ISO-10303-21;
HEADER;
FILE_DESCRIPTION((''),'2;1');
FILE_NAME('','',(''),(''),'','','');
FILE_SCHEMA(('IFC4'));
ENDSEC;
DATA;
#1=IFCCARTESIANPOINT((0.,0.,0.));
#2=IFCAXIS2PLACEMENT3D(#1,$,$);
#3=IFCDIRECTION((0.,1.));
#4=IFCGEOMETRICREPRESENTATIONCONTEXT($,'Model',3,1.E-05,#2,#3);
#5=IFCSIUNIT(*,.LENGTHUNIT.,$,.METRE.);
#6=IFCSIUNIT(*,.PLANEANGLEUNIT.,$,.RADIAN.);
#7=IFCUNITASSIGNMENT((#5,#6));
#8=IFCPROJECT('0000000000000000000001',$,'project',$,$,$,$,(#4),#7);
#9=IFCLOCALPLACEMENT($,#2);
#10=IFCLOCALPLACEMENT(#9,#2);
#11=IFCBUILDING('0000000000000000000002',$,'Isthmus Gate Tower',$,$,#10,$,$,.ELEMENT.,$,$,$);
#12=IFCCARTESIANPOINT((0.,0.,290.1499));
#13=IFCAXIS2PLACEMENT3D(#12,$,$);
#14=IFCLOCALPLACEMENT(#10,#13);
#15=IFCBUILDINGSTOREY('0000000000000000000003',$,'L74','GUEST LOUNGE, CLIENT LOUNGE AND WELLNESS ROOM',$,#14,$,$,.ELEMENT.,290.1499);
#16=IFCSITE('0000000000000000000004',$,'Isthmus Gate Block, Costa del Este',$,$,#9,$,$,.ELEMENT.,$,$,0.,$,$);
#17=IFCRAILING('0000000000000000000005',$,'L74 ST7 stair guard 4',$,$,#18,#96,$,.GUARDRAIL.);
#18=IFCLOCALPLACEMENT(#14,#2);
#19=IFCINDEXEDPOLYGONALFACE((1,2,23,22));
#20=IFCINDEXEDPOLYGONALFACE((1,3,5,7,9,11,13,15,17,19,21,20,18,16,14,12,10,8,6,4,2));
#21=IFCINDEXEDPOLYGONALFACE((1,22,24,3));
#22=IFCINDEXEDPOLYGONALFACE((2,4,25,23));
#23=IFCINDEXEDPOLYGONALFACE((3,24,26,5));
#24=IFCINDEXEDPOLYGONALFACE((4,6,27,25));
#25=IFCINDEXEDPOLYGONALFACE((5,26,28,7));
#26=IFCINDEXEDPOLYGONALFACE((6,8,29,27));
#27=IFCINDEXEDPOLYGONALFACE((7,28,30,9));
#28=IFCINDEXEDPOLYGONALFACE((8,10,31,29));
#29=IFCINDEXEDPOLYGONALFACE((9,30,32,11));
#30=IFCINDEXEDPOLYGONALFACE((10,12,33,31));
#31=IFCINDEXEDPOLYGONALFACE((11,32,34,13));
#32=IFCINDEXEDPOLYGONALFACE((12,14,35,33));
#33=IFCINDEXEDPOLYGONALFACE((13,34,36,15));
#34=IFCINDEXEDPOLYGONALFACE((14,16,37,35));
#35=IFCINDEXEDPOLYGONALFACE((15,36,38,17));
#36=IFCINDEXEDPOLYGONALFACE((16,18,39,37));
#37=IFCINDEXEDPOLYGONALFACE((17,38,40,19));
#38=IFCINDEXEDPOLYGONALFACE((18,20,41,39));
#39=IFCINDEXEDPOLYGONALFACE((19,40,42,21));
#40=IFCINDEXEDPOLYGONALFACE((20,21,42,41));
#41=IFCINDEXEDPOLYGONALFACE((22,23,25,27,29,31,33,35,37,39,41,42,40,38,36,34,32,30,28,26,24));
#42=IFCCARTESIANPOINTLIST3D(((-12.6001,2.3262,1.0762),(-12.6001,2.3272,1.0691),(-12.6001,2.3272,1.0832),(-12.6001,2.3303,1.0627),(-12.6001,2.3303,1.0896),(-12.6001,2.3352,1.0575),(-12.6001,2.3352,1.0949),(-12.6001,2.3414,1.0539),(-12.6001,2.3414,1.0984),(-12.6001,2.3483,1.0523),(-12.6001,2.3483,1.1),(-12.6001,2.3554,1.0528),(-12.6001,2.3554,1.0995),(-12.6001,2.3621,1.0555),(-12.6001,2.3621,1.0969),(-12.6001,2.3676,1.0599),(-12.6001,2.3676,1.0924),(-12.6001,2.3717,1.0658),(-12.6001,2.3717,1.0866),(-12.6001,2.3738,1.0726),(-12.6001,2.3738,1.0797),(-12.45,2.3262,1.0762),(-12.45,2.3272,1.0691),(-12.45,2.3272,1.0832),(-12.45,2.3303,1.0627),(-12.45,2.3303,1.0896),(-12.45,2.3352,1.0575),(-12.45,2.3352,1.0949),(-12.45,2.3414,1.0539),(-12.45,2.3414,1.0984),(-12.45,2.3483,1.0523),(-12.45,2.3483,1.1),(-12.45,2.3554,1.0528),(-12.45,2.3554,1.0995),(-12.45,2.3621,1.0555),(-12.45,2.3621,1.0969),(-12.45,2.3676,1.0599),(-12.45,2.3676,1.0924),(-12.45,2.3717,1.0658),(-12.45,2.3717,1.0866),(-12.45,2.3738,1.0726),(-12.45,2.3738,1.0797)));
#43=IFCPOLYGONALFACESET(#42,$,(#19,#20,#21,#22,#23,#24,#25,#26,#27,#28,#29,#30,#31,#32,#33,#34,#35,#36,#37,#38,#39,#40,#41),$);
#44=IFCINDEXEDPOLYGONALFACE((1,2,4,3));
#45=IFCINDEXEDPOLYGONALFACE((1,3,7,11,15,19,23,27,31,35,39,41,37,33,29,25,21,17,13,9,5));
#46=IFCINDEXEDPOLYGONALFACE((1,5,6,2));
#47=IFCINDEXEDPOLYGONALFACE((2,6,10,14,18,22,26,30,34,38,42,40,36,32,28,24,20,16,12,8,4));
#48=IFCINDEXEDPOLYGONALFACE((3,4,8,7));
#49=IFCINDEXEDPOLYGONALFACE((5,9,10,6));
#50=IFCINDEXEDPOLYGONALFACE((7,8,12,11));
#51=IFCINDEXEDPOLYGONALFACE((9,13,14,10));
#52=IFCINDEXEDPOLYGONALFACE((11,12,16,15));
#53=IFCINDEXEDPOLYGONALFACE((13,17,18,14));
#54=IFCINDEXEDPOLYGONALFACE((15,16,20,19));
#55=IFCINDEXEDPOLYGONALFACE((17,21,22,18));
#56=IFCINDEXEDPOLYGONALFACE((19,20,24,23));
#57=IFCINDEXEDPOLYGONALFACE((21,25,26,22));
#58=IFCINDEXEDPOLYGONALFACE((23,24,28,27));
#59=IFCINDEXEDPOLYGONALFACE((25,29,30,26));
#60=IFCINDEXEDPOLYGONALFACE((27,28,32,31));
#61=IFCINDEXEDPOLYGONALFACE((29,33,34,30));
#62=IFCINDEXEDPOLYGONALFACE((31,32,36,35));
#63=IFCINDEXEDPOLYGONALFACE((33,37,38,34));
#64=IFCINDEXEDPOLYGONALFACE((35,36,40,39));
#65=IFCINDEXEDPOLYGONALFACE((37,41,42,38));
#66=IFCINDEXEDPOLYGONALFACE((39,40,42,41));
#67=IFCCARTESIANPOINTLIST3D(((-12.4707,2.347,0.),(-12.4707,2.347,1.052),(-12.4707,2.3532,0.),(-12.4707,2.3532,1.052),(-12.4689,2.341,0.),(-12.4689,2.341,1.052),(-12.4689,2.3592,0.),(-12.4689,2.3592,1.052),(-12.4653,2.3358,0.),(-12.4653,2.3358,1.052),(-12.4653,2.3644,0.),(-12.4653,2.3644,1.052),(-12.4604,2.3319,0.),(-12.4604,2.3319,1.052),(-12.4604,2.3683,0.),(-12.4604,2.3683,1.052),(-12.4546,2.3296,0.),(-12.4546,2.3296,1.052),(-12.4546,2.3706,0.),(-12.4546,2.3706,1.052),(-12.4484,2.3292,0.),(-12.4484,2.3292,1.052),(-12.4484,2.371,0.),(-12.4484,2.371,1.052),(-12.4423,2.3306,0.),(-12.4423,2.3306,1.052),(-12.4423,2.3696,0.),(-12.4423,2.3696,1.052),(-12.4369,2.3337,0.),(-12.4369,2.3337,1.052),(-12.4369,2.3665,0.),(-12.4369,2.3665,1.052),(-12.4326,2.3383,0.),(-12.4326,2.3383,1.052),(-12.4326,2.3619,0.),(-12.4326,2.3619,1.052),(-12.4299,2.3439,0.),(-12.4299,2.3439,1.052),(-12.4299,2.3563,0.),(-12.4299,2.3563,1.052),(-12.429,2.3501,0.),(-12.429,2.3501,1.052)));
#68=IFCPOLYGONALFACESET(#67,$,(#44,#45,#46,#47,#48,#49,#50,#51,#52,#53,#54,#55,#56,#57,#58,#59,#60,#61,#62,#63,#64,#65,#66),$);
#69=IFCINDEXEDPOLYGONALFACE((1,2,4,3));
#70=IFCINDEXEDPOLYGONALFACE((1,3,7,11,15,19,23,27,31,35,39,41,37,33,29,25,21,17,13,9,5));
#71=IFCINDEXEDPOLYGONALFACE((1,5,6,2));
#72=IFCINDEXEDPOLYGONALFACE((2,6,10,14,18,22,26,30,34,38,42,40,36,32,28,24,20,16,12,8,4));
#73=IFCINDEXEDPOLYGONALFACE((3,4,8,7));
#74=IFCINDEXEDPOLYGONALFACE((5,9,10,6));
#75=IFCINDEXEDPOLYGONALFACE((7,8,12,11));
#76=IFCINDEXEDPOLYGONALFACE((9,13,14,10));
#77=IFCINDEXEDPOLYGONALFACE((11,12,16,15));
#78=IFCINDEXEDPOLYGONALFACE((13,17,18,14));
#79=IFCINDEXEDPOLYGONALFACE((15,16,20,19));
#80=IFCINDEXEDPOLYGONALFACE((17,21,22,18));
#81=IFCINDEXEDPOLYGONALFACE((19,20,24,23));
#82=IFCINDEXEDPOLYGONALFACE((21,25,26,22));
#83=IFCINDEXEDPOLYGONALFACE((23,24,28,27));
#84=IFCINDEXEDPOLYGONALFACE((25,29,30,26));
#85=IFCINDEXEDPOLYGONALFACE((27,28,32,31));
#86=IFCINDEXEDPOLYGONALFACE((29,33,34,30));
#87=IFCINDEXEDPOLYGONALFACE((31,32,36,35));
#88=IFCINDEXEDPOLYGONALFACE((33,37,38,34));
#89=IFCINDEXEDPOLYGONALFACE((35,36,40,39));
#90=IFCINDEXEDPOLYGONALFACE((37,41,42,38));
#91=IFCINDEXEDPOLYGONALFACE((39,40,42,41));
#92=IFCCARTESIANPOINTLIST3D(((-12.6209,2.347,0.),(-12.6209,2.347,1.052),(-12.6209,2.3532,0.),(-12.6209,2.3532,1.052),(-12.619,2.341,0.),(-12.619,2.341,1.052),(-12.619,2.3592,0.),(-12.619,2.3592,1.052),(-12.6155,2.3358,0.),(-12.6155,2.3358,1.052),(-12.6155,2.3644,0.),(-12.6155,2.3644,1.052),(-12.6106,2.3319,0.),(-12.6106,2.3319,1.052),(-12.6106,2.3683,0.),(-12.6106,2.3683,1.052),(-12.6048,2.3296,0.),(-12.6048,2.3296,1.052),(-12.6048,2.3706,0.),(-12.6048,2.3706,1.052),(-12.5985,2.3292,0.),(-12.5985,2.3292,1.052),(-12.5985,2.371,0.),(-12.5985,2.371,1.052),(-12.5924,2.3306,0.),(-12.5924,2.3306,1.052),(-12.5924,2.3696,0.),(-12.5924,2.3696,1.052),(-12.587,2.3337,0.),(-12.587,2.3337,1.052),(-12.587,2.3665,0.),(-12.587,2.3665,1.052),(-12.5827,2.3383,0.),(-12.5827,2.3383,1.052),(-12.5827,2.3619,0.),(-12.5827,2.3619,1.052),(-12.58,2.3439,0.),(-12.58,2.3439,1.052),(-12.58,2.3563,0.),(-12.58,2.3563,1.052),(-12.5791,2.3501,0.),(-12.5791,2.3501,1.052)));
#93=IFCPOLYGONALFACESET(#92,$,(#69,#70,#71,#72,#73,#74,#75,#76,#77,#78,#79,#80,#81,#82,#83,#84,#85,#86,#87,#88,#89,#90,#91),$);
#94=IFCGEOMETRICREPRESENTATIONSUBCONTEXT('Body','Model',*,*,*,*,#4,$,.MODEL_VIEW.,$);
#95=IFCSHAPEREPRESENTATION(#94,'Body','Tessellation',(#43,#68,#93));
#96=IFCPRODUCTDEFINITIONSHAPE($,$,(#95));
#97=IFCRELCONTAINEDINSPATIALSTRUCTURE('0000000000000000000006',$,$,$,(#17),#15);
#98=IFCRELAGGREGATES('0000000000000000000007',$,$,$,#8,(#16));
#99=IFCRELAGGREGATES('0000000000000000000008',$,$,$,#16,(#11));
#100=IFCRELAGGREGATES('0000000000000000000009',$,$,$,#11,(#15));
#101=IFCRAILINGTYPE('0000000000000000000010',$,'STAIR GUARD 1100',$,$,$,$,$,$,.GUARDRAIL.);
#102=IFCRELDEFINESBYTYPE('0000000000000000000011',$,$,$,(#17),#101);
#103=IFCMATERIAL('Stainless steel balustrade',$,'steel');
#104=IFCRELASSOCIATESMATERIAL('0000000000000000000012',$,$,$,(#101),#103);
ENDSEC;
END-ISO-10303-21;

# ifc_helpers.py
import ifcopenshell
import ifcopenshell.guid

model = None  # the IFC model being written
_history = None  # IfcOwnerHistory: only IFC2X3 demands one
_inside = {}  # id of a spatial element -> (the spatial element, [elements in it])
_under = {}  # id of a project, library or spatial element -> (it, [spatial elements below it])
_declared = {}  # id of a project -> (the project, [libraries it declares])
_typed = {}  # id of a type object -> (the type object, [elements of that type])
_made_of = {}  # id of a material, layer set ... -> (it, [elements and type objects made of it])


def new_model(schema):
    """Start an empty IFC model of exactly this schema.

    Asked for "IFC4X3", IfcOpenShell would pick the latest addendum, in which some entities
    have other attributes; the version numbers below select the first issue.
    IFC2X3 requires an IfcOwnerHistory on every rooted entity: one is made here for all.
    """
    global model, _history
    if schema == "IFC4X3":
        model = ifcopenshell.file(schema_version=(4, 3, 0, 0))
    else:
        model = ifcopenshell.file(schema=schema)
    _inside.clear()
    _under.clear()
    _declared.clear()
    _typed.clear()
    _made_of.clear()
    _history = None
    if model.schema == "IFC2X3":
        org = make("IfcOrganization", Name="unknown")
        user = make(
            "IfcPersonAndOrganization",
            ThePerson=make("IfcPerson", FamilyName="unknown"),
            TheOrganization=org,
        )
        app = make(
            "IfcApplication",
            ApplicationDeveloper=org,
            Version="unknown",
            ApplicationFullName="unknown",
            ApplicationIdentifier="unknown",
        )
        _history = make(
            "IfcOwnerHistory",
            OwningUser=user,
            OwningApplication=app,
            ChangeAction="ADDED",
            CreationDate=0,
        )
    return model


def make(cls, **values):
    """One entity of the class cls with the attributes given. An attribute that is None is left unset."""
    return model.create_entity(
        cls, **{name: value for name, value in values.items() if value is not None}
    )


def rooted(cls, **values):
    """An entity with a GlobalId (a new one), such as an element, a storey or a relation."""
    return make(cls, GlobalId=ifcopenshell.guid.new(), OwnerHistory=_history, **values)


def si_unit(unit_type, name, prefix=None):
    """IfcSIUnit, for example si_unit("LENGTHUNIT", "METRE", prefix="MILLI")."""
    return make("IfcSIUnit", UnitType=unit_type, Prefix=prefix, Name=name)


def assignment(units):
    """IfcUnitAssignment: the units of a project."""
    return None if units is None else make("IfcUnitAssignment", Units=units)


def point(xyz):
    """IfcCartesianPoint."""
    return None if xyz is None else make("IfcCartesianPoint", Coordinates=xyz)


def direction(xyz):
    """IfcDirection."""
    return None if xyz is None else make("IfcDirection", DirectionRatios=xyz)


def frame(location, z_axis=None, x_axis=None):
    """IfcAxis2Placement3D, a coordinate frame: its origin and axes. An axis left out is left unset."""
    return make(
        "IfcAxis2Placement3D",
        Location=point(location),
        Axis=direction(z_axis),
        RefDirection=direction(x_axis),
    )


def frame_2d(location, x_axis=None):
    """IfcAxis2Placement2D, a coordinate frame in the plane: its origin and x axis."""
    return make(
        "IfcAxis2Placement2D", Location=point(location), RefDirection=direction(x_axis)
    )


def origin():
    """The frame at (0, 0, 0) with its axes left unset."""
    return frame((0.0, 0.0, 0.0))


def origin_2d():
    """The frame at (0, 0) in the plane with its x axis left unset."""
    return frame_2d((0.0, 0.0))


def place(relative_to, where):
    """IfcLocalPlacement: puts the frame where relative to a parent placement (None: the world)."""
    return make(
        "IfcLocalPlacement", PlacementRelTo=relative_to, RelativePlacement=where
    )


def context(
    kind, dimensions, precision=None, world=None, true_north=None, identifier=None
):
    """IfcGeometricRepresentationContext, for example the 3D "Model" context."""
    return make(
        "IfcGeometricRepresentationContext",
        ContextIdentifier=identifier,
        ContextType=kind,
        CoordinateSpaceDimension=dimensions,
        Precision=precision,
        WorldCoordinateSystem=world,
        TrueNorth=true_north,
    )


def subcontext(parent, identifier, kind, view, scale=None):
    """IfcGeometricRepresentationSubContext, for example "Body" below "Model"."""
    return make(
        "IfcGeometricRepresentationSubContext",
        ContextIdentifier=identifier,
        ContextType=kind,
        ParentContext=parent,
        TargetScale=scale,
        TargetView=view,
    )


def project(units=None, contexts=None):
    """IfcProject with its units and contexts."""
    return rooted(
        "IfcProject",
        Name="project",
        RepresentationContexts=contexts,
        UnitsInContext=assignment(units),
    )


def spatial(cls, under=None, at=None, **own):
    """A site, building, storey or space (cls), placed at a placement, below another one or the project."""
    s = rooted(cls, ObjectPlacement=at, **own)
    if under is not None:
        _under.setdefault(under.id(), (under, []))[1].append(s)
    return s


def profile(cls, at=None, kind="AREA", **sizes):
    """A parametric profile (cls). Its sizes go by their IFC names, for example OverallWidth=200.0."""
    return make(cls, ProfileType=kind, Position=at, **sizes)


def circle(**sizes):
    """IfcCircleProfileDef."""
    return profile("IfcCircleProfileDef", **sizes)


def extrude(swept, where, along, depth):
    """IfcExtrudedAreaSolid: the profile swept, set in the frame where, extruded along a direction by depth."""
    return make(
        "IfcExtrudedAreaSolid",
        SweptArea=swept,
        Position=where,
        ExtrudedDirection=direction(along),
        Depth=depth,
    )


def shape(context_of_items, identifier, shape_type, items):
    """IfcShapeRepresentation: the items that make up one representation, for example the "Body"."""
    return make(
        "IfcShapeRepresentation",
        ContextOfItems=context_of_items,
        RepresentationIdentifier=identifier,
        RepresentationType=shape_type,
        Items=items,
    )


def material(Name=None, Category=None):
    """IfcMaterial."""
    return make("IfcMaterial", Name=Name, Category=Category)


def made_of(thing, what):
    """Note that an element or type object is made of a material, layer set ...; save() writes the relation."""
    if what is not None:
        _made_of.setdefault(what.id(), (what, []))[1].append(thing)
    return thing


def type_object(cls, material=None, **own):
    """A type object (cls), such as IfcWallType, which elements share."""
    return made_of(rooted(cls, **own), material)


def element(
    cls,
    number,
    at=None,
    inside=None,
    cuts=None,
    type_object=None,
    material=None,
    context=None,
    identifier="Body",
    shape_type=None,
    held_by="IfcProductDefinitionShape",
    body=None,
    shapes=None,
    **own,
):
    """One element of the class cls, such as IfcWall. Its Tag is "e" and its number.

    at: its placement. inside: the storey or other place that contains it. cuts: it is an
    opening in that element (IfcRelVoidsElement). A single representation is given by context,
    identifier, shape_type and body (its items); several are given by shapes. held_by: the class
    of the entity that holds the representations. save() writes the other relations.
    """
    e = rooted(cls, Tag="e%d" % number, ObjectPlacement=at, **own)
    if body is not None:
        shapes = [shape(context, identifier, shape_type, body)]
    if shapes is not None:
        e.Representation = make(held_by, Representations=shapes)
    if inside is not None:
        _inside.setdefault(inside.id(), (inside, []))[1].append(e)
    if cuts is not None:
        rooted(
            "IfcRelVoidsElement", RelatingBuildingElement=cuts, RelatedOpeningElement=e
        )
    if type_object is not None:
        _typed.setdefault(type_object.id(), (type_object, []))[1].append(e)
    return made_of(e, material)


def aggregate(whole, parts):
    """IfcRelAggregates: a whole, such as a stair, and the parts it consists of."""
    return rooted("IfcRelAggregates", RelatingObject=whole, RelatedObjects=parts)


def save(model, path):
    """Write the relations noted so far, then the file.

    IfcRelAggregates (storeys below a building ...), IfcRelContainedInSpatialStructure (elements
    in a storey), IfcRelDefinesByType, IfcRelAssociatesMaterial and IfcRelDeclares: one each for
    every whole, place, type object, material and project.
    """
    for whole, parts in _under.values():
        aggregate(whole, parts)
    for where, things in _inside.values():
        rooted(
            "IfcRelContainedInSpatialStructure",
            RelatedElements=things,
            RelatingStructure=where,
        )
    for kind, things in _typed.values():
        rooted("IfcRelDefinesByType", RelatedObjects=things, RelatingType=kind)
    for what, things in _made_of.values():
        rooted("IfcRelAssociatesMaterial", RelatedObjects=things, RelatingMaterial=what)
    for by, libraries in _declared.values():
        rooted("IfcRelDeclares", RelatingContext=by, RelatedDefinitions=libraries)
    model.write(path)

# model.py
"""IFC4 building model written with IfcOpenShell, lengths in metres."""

from ifc_helpers import new_model, si_unit, direction, frame, origin, origin_2d, place, context, subcontext, project, spatial, circle, extrude, material, type_object, element, save


model = new_model("IFC4")

# Units and contexts
model_context = context("Model", 3, precision=1e-05, world=origin(), true_north=direction((0.0, 1.0)))
body_context = subcontext(model_context, "Body", "Model", "MODEL_VIEW")
ifc_project = project(units=[si_unit("LENGTHUNIT", "METRE"), si_unit("PLANEANGLEUNIT", "RADIAN")], contexts=[model_context])

# Site, building, storey
site_placement = place(None, origin())
site = spatial("IfcSite", under=ifc_project, at=site_placement, Name="Isthmus Gate Block, Costa del Este", CompositionType="ELEMENT", RefElevation=0.0)
building_placement = place(site_placement, origin())
building = spatial("IfcBuilding", under=site, at=building_placement, Name="Isthmus Gate Tower", CompositionType="ELEMENT")
storey_placement = place(building_placement, frame((0.0, 0.0, 290.1499)))
storey = spatial("IfcBuildingStorey", under=building, at=storey_placement, Name="L74", Description="GUEST LOUNGE, CLIENT LOUNGE AND WELLNESS ROOM", CompositionType="ELEMENT", Elevation=290.1499)

# Railing
ifc_material_1 = material(Name="Stainless steel balustrade", Category="steel")
railing_type_1 = type_object("IfcRailingType", Name="STAIR GUARD 1100", PredefinedType="GUARDRAIL", material=ifc_material_1)
railing_1_placement = place(storey_placement, frame((-12.45, 2.3501, 0.0)))
element("IfcRailing", 1, at=railing_1_placement, inside=storey, type_object=railing_type_1, Name="L74 ST7 stair guard 4", PredefinedType="GUARDRAIL", context=body_context, shape_type="SweptSolid", body=[
    extrude(circle(Radius=0.0239, at=origin_2d()), frame((0.0, 0.0, 1.0762), z_axis=(-1.0, 0.0, 0.0), x_axis=(0.0, -1.0, 0.0)), (0.0, 0.0, 1.0), 0.1501),
    extrude(circle(Radius=0.021, at=origin_2d()), origin(), (0.0, 0.0, 1.0), 1.052),
    extrude(circle(Radius=0.021, at=origin_2d()), frame((-0.1501, 0.0, 0.0)), (0.0, 0.0, 1.0), 1.052),
])

save(model, "model.ifc")
